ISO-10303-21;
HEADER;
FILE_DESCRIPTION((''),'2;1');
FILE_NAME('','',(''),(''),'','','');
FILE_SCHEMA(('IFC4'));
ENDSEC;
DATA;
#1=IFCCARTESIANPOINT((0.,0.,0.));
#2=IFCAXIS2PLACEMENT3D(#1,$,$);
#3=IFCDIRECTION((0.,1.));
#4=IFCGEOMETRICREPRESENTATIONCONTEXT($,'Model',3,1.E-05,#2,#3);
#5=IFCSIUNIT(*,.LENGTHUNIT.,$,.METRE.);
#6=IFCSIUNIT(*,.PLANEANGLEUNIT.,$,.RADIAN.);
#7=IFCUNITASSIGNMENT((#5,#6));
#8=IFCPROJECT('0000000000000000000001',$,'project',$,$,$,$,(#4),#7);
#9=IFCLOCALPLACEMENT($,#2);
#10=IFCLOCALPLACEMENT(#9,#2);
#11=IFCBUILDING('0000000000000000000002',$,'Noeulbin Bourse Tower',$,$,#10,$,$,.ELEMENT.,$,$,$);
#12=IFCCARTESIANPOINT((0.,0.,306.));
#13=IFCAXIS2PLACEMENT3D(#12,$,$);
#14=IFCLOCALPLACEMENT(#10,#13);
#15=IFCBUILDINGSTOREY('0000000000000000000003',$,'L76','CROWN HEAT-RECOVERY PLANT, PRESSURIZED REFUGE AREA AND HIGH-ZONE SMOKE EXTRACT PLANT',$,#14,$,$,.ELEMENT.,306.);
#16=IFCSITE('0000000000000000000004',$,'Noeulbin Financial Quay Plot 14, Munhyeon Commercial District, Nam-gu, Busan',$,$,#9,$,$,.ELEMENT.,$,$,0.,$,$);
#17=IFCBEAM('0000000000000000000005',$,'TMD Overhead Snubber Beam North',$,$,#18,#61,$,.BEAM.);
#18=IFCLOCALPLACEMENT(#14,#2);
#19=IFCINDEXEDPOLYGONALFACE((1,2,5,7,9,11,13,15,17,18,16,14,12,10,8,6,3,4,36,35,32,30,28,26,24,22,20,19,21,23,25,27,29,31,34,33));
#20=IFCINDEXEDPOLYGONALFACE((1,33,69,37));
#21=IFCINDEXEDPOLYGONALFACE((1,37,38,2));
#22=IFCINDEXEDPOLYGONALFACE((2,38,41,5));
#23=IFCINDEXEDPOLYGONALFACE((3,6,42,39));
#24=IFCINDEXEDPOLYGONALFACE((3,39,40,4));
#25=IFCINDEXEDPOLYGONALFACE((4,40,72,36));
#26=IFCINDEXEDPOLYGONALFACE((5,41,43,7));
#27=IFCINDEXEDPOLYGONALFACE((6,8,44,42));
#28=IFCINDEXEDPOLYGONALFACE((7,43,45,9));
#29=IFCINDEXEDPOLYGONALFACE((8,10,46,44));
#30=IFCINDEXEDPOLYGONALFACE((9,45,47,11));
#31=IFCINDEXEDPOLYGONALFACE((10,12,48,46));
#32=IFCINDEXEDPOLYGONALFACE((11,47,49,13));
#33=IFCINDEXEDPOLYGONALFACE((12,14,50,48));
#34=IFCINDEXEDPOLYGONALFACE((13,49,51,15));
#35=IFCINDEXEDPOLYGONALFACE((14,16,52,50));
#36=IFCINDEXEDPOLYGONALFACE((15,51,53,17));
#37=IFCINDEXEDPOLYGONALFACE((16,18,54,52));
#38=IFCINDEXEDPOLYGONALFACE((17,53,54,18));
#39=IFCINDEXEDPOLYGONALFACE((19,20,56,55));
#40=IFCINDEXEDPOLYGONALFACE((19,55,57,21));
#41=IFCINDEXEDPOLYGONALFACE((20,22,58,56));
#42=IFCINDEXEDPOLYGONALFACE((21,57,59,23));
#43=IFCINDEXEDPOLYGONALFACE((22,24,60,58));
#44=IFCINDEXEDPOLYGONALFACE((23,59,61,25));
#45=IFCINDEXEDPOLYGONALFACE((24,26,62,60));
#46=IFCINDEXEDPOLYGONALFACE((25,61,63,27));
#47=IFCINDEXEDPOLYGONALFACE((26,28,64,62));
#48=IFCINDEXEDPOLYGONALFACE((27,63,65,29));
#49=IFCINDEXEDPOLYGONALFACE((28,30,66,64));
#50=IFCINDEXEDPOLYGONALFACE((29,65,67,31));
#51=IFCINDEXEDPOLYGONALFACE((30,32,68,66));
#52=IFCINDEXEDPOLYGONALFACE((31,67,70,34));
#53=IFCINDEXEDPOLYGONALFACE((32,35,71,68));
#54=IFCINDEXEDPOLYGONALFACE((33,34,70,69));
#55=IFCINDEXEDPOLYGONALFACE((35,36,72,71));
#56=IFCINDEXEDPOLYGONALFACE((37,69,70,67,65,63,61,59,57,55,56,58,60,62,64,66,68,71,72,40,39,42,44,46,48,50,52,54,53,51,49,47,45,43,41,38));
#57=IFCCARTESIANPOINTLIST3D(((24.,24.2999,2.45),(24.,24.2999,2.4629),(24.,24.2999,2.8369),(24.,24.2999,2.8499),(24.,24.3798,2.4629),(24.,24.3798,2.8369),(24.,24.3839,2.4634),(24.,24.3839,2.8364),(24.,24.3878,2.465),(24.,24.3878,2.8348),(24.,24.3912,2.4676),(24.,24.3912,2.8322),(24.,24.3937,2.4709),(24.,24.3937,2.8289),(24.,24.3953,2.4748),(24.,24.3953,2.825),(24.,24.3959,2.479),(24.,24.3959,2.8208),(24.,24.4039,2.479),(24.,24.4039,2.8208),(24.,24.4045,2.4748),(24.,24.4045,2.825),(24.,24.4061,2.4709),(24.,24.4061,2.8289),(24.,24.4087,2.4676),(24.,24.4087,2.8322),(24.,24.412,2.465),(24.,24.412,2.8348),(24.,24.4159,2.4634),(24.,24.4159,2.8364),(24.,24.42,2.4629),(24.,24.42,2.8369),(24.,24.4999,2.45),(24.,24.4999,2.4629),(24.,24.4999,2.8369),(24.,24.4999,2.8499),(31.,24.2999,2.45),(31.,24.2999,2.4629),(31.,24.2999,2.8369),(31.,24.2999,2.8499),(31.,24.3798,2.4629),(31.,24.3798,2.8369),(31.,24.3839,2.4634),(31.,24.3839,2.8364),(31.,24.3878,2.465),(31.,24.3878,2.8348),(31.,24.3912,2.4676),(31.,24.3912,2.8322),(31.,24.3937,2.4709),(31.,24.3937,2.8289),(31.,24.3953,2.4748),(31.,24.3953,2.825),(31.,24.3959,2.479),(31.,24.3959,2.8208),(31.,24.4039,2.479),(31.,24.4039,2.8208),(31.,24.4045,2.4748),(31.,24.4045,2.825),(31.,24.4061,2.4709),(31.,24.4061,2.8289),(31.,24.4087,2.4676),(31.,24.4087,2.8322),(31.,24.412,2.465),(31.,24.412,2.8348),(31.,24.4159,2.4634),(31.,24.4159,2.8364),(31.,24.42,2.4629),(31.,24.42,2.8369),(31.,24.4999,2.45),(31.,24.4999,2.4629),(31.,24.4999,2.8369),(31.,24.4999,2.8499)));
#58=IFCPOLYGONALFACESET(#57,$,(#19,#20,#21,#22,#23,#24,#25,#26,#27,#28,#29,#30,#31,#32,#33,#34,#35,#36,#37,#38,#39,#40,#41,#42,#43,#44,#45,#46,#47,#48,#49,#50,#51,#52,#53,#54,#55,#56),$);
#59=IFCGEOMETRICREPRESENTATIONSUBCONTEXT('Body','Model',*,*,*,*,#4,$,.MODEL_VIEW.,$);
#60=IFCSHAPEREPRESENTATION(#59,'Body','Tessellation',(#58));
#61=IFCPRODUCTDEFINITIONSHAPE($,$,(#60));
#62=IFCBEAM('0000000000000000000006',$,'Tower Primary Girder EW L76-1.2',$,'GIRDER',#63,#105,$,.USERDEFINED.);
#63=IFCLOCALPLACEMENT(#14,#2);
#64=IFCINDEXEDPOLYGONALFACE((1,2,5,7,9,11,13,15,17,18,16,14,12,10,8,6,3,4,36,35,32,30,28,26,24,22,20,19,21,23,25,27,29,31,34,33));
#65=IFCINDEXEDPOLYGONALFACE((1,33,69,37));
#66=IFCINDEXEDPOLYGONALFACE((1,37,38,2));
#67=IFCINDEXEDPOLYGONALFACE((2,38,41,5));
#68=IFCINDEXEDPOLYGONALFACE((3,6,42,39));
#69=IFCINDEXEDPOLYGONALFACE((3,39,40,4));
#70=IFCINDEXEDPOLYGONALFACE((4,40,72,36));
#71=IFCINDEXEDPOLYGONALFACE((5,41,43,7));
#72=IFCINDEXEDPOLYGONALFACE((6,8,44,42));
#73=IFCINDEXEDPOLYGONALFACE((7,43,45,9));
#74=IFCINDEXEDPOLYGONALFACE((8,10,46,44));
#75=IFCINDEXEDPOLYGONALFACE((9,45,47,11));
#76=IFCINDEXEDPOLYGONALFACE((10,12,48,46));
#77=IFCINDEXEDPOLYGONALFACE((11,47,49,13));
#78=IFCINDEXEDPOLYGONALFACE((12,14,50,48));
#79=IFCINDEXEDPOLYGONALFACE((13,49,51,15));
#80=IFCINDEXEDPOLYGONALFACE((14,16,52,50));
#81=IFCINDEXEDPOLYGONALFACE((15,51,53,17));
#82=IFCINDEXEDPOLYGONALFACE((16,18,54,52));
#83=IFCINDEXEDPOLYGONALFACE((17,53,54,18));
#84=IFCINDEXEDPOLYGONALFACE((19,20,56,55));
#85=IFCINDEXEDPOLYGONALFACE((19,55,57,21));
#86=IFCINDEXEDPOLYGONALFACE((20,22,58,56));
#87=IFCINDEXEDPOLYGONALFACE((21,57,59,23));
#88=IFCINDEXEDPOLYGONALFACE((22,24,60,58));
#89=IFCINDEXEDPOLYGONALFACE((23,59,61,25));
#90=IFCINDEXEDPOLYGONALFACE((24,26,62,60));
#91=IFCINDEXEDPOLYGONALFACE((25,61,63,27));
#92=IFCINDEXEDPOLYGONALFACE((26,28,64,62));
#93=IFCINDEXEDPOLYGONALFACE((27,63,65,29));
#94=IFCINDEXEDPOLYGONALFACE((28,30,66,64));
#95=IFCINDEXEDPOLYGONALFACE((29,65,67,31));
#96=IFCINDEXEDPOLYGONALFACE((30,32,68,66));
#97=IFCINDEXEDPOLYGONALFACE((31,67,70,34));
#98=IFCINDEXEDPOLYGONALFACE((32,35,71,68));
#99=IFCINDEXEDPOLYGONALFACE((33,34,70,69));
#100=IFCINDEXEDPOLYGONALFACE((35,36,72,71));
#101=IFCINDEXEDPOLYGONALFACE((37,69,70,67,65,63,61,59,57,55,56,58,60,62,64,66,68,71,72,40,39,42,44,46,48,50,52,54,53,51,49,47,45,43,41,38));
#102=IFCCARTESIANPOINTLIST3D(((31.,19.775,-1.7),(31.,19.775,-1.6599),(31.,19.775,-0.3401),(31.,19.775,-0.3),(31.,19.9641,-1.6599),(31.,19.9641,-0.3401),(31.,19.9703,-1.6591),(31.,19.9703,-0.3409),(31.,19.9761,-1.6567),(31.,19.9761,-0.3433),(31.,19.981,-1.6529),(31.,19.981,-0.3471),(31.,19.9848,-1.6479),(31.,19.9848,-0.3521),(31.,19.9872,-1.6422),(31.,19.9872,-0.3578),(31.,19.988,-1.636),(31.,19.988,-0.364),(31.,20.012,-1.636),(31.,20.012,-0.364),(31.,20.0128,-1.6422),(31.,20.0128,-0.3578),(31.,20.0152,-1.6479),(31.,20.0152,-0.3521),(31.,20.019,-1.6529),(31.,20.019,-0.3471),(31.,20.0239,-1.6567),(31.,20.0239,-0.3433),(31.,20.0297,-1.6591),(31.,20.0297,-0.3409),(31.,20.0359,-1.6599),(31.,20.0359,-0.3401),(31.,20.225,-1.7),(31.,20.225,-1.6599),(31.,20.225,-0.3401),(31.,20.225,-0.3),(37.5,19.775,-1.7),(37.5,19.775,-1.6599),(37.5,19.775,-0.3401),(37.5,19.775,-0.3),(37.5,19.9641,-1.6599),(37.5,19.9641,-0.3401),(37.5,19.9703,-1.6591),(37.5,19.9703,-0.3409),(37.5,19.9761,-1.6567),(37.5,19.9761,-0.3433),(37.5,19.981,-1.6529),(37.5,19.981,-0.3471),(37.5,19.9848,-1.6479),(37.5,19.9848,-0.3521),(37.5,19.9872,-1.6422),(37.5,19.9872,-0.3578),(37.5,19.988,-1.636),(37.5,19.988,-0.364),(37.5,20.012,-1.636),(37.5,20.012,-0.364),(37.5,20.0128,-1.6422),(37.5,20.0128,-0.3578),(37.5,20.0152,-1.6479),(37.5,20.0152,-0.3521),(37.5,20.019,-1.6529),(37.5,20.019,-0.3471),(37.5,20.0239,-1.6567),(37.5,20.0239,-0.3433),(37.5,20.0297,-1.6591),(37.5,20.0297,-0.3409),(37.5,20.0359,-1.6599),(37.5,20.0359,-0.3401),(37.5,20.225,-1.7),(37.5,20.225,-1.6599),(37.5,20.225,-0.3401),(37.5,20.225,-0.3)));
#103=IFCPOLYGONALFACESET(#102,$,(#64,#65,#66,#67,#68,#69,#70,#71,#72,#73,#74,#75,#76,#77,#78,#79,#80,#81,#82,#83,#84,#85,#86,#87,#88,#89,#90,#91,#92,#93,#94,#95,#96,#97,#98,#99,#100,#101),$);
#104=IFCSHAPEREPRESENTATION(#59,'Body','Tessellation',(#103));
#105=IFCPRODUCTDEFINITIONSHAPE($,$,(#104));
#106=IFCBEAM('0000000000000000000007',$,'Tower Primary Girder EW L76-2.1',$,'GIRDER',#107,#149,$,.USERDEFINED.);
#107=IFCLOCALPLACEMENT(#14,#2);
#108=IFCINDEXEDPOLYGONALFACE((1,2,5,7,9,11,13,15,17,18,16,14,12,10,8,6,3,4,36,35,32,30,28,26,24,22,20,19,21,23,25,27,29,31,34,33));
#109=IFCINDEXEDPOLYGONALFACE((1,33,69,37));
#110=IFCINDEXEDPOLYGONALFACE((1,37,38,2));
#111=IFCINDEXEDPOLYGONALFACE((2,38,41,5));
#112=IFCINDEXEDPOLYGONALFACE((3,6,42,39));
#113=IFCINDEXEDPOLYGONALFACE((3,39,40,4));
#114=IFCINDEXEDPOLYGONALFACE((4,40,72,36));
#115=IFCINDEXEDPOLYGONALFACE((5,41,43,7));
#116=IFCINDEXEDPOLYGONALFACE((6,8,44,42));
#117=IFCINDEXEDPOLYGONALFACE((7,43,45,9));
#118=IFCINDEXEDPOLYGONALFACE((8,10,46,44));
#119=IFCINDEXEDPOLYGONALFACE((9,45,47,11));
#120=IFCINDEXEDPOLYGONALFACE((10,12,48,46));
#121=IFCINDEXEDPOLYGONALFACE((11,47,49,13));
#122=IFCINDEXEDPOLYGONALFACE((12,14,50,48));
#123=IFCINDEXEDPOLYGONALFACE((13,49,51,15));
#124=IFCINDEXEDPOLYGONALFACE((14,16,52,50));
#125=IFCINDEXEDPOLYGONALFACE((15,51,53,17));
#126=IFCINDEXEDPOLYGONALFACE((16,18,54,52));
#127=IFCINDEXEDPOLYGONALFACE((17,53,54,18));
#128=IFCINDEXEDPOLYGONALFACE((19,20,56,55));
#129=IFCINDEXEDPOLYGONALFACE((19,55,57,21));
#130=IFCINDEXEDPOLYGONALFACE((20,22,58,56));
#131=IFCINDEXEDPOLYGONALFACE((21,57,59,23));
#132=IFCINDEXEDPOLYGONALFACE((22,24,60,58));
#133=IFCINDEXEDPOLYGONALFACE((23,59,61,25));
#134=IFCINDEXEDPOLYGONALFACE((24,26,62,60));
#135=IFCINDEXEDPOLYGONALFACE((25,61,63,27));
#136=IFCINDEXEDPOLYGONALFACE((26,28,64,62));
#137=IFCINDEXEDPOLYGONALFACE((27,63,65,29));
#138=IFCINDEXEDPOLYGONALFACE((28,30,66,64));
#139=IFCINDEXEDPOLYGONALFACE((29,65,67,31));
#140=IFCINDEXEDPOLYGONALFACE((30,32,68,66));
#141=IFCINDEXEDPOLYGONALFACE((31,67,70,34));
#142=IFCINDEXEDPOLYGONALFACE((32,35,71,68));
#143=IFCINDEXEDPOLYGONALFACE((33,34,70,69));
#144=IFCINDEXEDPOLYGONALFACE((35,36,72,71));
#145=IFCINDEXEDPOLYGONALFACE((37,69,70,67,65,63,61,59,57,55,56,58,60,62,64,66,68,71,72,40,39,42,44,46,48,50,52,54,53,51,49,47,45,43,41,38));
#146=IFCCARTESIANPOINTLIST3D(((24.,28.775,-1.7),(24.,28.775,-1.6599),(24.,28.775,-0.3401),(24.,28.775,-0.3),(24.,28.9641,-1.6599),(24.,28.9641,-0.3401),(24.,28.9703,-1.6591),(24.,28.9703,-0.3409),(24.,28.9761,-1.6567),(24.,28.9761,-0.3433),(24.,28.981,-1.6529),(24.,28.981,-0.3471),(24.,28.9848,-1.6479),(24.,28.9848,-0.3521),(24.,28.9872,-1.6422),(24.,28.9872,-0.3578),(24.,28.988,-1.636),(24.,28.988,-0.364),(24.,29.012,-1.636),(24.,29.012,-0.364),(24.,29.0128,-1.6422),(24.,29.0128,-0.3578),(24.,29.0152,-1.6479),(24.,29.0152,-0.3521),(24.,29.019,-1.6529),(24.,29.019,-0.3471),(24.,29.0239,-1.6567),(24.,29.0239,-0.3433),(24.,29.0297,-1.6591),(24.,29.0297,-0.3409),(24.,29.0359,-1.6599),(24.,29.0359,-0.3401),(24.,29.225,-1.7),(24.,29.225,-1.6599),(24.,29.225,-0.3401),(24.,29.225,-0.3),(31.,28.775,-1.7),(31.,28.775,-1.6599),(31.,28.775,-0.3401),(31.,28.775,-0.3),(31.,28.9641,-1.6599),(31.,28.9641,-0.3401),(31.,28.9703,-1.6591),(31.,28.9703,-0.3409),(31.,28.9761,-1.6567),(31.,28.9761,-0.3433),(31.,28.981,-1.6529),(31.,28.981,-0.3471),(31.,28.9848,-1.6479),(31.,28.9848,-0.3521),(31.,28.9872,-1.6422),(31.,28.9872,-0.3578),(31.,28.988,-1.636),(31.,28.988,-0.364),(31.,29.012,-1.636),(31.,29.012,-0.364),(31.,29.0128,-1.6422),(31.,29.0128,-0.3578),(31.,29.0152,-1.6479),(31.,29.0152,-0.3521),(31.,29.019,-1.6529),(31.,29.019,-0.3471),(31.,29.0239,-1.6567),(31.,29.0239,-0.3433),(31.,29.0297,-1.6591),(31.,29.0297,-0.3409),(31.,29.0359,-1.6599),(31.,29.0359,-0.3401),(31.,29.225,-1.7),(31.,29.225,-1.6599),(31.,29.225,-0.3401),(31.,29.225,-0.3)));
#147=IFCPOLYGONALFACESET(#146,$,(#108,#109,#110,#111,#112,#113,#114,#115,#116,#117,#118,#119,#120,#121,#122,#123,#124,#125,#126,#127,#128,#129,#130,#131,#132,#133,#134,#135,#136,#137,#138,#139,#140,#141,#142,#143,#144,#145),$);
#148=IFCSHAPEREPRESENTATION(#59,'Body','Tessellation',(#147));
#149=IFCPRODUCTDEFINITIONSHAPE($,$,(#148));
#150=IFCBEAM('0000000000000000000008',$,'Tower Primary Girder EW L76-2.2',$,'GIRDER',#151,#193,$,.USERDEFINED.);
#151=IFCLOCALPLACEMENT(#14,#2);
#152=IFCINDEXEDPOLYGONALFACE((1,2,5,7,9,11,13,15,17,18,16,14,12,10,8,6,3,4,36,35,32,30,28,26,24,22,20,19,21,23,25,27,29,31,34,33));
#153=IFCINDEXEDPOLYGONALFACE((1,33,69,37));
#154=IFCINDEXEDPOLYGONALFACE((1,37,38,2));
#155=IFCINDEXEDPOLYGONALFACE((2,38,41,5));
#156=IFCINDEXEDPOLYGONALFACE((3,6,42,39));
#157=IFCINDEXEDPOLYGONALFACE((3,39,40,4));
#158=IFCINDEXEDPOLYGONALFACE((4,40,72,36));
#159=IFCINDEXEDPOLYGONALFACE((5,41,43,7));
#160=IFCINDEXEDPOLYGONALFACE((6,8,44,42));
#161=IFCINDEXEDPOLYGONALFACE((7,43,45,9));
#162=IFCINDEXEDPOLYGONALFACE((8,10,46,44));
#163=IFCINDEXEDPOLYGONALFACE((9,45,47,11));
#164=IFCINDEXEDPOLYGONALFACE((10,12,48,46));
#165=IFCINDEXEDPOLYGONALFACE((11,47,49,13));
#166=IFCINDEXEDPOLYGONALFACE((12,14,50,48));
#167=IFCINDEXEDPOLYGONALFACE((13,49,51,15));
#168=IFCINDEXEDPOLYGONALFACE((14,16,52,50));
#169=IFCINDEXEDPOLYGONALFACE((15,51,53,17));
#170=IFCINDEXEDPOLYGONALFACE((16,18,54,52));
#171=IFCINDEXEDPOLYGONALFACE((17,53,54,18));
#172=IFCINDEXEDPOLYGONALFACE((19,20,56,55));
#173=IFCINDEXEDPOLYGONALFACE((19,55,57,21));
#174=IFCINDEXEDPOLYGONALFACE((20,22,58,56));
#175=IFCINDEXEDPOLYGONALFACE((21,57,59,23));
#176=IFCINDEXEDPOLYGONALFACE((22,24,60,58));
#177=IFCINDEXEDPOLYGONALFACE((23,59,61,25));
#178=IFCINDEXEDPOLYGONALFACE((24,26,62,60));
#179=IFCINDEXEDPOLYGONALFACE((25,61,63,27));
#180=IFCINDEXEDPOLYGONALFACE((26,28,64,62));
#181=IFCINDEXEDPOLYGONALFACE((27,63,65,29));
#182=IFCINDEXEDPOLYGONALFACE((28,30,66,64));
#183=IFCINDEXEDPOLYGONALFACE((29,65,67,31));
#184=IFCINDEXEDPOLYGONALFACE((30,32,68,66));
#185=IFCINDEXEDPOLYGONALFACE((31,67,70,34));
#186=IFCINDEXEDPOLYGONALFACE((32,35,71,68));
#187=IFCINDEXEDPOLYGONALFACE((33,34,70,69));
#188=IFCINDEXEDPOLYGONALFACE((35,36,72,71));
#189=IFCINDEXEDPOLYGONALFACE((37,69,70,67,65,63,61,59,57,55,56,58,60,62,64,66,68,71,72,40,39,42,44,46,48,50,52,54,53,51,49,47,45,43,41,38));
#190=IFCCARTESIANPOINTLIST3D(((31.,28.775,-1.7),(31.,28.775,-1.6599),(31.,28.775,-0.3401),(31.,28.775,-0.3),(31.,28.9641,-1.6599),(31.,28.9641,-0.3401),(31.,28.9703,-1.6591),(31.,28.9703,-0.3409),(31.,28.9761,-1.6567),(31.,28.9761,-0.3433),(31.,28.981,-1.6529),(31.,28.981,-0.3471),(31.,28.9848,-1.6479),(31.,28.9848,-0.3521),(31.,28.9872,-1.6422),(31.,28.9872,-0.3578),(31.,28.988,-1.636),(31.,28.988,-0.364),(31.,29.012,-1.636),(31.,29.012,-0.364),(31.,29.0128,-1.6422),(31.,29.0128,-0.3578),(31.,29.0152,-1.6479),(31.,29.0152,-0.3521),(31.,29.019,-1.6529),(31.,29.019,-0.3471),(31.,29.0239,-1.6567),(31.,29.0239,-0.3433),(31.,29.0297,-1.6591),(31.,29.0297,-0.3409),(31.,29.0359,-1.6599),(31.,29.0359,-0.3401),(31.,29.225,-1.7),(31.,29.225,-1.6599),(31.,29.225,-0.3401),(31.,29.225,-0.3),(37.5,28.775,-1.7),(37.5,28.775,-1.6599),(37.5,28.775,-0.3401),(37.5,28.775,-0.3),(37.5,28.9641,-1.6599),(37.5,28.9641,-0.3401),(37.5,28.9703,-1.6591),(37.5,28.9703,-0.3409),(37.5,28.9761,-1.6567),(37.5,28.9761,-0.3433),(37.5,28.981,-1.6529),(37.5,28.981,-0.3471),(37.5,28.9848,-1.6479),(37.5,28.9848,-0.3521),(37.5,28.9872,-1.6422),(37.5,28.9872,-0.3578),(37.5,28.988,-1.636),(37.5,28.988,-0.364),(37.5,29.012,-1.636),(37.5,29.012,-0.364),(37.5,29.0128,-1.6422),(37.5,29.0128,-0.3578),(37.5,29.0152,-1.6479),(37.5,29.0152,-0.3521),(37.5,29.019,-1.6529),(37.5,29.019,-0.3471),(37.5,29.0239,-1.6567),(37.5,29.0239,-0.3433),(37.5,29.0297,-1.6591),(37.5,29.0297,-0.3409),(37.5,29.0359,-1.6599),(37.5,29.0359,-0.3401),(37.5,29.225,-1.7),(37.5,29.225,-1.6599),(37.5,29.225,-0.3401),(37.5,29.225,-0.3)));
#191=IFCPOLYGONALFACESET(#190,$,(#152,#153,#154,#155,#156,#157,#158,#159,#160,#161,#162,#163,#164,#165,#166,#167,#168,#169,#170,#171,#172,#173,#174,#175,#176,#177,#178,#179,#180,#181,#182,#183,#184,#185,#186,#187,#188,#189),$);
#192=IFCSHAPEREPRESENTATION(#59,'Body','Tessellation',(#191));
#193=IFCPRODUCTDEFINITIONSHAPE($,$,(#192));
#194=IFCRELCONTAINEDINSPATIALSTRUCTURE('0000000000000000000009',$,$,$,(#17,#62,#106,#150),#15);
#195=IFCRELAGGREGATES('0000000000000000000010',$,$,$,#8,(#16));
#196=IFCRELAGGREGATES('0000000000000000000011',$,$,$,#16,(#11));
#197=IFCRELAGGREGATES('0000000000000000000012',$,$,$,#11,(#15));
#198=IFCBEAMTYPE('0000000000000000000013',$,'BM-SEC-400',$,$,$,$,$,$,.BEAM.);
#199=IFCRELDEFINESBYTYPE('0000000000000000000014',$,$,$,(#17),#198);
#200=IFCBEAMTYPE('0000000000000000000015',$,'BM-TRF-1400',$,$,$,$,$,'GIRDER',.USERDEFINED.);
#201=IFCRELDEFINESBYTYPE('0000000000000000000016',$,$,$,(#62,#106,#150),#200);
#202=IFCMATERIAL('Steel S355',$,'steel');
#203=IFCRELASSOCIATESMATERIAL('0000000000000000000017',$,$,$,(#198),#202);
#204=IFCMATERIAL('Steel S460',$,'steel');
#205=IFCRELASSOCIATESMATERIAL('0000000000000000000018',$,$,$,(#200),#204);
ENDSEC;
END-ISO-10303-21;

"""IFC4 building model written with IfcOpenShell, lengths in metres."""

from ifc_helpers import new_model, si_unit, direction, frame, origin, origin_2d, place, context, subcontext, project, spatial, i_section, extrude, material, material_profile, profile_set, type_object, element, save


model = new_model("IFC4")

# Units and contexts
model_context = context("Model", 3, precision=1e-05, world=origin(), true_north=direction((0.0, 1.0)))
body_context = subcontext(model_context, "Body", "Model", "MODEL_VIEW")
ifc_project = project(units=[si_unit("LENGTHUNIT", "METRE"), si_unit("PLANEANGLEUNIT", "RADIAN")], contexts=[model_context])

# Site, building, storey
site_placement = place(None, origin())
site = spatial("IfcSite", under=ifc_project, at=site_placement, Name="Noeulbin Financial Quay Plot 14, Munhyeon Commercial District, Nam-gu, Busan", CompositionType="ELEMENT", RefElevation=0.0)
building_placement = place(site_placement, origin())
building = spatial("IfcBuilding", under=site, at=building_placement, Name="Noeulbin Bourse Tower", CompositionType="ELEMENT")
storey_placement = place(building_placement, frame((0.0, 0.0, 306.0)))
storey = spatial("IfcBuildingStorey", under=building, at=storey_placement, Name="L76", Description="CROWN HEAT-RECOVERY PLANT, PRESSURIZED REFUGE AREA AND HIGH-ZONE SMOKE EXTRACT PLANT", CompositionType="ELEMENT", Elevation=306.0)

# Shared definitions
ifc_material_1 = material(Name="Steel S355", Category="steel")

# Beams
ifc_material_profile_1 = material_profile(ifc_material_1, i_section(OverallWidth=0.2, OverallDepth=0.3999, WebThickness=0.0081, FlangeThickness=0.0129, FilletRadius=0.0161, at=origin_2d()), Name="H-400x200x8x13", Category="LoadBearing")
ifc_profile_set_1 = profile_set([ifc_material_profile_1], Name="Steel S355")
beam_type_1 = type_object("IfcBeamType", Name="BM-SEC-400", PredefinedType="BEAM", material=ifc_profile_set_1)
for number, where, z_axis, x_axis, name in (
    (1, (24.0, 24.3999, 2.6499), (1.0, 0.0, 0.0), (0.0, 1.0, 0.0), "TMD Overhead Snubber Beam North"),
):
    element("IfcBeam", number, at=place(storey_placement, frame(where, z_axis=z_axis, x_axis=x_axis)), inside=storey, type_object=beam_type_1, Name=name, PredefinedType="BEAM", context=body_context, shape_type="SweptSolid", body=[
        extrude(i_section(OverallWidth=0.2, OverallDepth=0.3999, WebThickness=0.0081, FlangeThickness=0.0129, FilletRadius=0.0161, at=origin_2d()), origin(), (0.0, 0.0, 1.0), 7.0),
    ])
ifc_material_2 = material(Name="Steel S460", Category="steel")
ifc_material_profile_2 = material_profile(ifc_material_2, i_section(OverallWidth=0.45, OverallDepth=1.3999, WebThickness=0.0239, FlangeThickness=0.04, FilletRadius=0.0239, at=origin_2d()), Name="PG-1400x450x24x40", Category="LoadBearing")
ifc_profile_set_2 = profile_set([ifc_material_profile_2], Name="Steel S460")
beam_type_2 = type_object("IfcBeamType", Name="BM-TRF-1400", ElementType="GIRDER", PredefinedType="USERDEFINED", material=ifc_profile_set_2)
beam_1_placement = place(storey_placement, frame((31.0, 20.0, -1.0), z_axis=(1.0, 0.0, 0.0), x_axis=(0.0, 1.0, 0.0)))
element("IfcBeam", 2, at=beam_1_placement, inside=storey, type_object=beam_type_2, Name="Tower Primary Girder EW L76-1.2", ObjectType="GIRDER", PredefinedType="USERDEFINED", context=body_context, shape_type="SweptSolid", body=[
    extrude(i_section(OverallWidth=0.45, OverallDepth=1.3999, WebThickness=0.0239, FlangeThickness=0.04, FilletRadius=0.0239, at=origin_2d()), origin(), (0.0, 0.0, 1.0), 6.5),
])
beam_2_placement = place(storey_placement, frame((24.0, 29.0, -1.0), z_axis=(1.0, 0.0, 0.0), x_axis=(0.0, 1.0, 0.0)))
element("IfcBeam", 3, at=beam_2_placement, inside=storey, type_object=beam_type_2, Name="Tower Primary Girder EW L76-2.1", ObjectType="GIRDER", PredefinedType="USERDEFINED", context=body_context, shape_type="SweptSolid", body=[
    extrude(i_section(OverallWidth=0.45, OverallDepth=1.3999, WebThickness=0.0239, FlangeThickness=0.04, FilletRadius=0.0239, at=origin_2d()), origin(), (0.0, 0.0, 1.0), 7.0),
])
beam_3_placement = place(storey_placement, frame((31.0, 29.0, -1.0), z_axis=(1.0, 0.0, 0.0), x_axis=(0.0, 1.0, 0.0)))
element("IfcBeam", 4, at=beam_3_placement, inside=storey, type_object=beam_type_2, Name="Tower Primary Girder EW L76-2.2", ObjectType="GIRDER", PredefinedType="USERDEFINED", context=body_context, shape_type="SweptSolid", body=[
    extrude(i_section(OverallWidth=0.45, OverallDepth=1.3999, WebThickness=0.0239, FlangeThickness=0.04, FilletRadius=0.0239, at=origin_2d()), origin(), (0.0, 0.0, 1.0), 6.5),
])

save(model, "model.ifc")
